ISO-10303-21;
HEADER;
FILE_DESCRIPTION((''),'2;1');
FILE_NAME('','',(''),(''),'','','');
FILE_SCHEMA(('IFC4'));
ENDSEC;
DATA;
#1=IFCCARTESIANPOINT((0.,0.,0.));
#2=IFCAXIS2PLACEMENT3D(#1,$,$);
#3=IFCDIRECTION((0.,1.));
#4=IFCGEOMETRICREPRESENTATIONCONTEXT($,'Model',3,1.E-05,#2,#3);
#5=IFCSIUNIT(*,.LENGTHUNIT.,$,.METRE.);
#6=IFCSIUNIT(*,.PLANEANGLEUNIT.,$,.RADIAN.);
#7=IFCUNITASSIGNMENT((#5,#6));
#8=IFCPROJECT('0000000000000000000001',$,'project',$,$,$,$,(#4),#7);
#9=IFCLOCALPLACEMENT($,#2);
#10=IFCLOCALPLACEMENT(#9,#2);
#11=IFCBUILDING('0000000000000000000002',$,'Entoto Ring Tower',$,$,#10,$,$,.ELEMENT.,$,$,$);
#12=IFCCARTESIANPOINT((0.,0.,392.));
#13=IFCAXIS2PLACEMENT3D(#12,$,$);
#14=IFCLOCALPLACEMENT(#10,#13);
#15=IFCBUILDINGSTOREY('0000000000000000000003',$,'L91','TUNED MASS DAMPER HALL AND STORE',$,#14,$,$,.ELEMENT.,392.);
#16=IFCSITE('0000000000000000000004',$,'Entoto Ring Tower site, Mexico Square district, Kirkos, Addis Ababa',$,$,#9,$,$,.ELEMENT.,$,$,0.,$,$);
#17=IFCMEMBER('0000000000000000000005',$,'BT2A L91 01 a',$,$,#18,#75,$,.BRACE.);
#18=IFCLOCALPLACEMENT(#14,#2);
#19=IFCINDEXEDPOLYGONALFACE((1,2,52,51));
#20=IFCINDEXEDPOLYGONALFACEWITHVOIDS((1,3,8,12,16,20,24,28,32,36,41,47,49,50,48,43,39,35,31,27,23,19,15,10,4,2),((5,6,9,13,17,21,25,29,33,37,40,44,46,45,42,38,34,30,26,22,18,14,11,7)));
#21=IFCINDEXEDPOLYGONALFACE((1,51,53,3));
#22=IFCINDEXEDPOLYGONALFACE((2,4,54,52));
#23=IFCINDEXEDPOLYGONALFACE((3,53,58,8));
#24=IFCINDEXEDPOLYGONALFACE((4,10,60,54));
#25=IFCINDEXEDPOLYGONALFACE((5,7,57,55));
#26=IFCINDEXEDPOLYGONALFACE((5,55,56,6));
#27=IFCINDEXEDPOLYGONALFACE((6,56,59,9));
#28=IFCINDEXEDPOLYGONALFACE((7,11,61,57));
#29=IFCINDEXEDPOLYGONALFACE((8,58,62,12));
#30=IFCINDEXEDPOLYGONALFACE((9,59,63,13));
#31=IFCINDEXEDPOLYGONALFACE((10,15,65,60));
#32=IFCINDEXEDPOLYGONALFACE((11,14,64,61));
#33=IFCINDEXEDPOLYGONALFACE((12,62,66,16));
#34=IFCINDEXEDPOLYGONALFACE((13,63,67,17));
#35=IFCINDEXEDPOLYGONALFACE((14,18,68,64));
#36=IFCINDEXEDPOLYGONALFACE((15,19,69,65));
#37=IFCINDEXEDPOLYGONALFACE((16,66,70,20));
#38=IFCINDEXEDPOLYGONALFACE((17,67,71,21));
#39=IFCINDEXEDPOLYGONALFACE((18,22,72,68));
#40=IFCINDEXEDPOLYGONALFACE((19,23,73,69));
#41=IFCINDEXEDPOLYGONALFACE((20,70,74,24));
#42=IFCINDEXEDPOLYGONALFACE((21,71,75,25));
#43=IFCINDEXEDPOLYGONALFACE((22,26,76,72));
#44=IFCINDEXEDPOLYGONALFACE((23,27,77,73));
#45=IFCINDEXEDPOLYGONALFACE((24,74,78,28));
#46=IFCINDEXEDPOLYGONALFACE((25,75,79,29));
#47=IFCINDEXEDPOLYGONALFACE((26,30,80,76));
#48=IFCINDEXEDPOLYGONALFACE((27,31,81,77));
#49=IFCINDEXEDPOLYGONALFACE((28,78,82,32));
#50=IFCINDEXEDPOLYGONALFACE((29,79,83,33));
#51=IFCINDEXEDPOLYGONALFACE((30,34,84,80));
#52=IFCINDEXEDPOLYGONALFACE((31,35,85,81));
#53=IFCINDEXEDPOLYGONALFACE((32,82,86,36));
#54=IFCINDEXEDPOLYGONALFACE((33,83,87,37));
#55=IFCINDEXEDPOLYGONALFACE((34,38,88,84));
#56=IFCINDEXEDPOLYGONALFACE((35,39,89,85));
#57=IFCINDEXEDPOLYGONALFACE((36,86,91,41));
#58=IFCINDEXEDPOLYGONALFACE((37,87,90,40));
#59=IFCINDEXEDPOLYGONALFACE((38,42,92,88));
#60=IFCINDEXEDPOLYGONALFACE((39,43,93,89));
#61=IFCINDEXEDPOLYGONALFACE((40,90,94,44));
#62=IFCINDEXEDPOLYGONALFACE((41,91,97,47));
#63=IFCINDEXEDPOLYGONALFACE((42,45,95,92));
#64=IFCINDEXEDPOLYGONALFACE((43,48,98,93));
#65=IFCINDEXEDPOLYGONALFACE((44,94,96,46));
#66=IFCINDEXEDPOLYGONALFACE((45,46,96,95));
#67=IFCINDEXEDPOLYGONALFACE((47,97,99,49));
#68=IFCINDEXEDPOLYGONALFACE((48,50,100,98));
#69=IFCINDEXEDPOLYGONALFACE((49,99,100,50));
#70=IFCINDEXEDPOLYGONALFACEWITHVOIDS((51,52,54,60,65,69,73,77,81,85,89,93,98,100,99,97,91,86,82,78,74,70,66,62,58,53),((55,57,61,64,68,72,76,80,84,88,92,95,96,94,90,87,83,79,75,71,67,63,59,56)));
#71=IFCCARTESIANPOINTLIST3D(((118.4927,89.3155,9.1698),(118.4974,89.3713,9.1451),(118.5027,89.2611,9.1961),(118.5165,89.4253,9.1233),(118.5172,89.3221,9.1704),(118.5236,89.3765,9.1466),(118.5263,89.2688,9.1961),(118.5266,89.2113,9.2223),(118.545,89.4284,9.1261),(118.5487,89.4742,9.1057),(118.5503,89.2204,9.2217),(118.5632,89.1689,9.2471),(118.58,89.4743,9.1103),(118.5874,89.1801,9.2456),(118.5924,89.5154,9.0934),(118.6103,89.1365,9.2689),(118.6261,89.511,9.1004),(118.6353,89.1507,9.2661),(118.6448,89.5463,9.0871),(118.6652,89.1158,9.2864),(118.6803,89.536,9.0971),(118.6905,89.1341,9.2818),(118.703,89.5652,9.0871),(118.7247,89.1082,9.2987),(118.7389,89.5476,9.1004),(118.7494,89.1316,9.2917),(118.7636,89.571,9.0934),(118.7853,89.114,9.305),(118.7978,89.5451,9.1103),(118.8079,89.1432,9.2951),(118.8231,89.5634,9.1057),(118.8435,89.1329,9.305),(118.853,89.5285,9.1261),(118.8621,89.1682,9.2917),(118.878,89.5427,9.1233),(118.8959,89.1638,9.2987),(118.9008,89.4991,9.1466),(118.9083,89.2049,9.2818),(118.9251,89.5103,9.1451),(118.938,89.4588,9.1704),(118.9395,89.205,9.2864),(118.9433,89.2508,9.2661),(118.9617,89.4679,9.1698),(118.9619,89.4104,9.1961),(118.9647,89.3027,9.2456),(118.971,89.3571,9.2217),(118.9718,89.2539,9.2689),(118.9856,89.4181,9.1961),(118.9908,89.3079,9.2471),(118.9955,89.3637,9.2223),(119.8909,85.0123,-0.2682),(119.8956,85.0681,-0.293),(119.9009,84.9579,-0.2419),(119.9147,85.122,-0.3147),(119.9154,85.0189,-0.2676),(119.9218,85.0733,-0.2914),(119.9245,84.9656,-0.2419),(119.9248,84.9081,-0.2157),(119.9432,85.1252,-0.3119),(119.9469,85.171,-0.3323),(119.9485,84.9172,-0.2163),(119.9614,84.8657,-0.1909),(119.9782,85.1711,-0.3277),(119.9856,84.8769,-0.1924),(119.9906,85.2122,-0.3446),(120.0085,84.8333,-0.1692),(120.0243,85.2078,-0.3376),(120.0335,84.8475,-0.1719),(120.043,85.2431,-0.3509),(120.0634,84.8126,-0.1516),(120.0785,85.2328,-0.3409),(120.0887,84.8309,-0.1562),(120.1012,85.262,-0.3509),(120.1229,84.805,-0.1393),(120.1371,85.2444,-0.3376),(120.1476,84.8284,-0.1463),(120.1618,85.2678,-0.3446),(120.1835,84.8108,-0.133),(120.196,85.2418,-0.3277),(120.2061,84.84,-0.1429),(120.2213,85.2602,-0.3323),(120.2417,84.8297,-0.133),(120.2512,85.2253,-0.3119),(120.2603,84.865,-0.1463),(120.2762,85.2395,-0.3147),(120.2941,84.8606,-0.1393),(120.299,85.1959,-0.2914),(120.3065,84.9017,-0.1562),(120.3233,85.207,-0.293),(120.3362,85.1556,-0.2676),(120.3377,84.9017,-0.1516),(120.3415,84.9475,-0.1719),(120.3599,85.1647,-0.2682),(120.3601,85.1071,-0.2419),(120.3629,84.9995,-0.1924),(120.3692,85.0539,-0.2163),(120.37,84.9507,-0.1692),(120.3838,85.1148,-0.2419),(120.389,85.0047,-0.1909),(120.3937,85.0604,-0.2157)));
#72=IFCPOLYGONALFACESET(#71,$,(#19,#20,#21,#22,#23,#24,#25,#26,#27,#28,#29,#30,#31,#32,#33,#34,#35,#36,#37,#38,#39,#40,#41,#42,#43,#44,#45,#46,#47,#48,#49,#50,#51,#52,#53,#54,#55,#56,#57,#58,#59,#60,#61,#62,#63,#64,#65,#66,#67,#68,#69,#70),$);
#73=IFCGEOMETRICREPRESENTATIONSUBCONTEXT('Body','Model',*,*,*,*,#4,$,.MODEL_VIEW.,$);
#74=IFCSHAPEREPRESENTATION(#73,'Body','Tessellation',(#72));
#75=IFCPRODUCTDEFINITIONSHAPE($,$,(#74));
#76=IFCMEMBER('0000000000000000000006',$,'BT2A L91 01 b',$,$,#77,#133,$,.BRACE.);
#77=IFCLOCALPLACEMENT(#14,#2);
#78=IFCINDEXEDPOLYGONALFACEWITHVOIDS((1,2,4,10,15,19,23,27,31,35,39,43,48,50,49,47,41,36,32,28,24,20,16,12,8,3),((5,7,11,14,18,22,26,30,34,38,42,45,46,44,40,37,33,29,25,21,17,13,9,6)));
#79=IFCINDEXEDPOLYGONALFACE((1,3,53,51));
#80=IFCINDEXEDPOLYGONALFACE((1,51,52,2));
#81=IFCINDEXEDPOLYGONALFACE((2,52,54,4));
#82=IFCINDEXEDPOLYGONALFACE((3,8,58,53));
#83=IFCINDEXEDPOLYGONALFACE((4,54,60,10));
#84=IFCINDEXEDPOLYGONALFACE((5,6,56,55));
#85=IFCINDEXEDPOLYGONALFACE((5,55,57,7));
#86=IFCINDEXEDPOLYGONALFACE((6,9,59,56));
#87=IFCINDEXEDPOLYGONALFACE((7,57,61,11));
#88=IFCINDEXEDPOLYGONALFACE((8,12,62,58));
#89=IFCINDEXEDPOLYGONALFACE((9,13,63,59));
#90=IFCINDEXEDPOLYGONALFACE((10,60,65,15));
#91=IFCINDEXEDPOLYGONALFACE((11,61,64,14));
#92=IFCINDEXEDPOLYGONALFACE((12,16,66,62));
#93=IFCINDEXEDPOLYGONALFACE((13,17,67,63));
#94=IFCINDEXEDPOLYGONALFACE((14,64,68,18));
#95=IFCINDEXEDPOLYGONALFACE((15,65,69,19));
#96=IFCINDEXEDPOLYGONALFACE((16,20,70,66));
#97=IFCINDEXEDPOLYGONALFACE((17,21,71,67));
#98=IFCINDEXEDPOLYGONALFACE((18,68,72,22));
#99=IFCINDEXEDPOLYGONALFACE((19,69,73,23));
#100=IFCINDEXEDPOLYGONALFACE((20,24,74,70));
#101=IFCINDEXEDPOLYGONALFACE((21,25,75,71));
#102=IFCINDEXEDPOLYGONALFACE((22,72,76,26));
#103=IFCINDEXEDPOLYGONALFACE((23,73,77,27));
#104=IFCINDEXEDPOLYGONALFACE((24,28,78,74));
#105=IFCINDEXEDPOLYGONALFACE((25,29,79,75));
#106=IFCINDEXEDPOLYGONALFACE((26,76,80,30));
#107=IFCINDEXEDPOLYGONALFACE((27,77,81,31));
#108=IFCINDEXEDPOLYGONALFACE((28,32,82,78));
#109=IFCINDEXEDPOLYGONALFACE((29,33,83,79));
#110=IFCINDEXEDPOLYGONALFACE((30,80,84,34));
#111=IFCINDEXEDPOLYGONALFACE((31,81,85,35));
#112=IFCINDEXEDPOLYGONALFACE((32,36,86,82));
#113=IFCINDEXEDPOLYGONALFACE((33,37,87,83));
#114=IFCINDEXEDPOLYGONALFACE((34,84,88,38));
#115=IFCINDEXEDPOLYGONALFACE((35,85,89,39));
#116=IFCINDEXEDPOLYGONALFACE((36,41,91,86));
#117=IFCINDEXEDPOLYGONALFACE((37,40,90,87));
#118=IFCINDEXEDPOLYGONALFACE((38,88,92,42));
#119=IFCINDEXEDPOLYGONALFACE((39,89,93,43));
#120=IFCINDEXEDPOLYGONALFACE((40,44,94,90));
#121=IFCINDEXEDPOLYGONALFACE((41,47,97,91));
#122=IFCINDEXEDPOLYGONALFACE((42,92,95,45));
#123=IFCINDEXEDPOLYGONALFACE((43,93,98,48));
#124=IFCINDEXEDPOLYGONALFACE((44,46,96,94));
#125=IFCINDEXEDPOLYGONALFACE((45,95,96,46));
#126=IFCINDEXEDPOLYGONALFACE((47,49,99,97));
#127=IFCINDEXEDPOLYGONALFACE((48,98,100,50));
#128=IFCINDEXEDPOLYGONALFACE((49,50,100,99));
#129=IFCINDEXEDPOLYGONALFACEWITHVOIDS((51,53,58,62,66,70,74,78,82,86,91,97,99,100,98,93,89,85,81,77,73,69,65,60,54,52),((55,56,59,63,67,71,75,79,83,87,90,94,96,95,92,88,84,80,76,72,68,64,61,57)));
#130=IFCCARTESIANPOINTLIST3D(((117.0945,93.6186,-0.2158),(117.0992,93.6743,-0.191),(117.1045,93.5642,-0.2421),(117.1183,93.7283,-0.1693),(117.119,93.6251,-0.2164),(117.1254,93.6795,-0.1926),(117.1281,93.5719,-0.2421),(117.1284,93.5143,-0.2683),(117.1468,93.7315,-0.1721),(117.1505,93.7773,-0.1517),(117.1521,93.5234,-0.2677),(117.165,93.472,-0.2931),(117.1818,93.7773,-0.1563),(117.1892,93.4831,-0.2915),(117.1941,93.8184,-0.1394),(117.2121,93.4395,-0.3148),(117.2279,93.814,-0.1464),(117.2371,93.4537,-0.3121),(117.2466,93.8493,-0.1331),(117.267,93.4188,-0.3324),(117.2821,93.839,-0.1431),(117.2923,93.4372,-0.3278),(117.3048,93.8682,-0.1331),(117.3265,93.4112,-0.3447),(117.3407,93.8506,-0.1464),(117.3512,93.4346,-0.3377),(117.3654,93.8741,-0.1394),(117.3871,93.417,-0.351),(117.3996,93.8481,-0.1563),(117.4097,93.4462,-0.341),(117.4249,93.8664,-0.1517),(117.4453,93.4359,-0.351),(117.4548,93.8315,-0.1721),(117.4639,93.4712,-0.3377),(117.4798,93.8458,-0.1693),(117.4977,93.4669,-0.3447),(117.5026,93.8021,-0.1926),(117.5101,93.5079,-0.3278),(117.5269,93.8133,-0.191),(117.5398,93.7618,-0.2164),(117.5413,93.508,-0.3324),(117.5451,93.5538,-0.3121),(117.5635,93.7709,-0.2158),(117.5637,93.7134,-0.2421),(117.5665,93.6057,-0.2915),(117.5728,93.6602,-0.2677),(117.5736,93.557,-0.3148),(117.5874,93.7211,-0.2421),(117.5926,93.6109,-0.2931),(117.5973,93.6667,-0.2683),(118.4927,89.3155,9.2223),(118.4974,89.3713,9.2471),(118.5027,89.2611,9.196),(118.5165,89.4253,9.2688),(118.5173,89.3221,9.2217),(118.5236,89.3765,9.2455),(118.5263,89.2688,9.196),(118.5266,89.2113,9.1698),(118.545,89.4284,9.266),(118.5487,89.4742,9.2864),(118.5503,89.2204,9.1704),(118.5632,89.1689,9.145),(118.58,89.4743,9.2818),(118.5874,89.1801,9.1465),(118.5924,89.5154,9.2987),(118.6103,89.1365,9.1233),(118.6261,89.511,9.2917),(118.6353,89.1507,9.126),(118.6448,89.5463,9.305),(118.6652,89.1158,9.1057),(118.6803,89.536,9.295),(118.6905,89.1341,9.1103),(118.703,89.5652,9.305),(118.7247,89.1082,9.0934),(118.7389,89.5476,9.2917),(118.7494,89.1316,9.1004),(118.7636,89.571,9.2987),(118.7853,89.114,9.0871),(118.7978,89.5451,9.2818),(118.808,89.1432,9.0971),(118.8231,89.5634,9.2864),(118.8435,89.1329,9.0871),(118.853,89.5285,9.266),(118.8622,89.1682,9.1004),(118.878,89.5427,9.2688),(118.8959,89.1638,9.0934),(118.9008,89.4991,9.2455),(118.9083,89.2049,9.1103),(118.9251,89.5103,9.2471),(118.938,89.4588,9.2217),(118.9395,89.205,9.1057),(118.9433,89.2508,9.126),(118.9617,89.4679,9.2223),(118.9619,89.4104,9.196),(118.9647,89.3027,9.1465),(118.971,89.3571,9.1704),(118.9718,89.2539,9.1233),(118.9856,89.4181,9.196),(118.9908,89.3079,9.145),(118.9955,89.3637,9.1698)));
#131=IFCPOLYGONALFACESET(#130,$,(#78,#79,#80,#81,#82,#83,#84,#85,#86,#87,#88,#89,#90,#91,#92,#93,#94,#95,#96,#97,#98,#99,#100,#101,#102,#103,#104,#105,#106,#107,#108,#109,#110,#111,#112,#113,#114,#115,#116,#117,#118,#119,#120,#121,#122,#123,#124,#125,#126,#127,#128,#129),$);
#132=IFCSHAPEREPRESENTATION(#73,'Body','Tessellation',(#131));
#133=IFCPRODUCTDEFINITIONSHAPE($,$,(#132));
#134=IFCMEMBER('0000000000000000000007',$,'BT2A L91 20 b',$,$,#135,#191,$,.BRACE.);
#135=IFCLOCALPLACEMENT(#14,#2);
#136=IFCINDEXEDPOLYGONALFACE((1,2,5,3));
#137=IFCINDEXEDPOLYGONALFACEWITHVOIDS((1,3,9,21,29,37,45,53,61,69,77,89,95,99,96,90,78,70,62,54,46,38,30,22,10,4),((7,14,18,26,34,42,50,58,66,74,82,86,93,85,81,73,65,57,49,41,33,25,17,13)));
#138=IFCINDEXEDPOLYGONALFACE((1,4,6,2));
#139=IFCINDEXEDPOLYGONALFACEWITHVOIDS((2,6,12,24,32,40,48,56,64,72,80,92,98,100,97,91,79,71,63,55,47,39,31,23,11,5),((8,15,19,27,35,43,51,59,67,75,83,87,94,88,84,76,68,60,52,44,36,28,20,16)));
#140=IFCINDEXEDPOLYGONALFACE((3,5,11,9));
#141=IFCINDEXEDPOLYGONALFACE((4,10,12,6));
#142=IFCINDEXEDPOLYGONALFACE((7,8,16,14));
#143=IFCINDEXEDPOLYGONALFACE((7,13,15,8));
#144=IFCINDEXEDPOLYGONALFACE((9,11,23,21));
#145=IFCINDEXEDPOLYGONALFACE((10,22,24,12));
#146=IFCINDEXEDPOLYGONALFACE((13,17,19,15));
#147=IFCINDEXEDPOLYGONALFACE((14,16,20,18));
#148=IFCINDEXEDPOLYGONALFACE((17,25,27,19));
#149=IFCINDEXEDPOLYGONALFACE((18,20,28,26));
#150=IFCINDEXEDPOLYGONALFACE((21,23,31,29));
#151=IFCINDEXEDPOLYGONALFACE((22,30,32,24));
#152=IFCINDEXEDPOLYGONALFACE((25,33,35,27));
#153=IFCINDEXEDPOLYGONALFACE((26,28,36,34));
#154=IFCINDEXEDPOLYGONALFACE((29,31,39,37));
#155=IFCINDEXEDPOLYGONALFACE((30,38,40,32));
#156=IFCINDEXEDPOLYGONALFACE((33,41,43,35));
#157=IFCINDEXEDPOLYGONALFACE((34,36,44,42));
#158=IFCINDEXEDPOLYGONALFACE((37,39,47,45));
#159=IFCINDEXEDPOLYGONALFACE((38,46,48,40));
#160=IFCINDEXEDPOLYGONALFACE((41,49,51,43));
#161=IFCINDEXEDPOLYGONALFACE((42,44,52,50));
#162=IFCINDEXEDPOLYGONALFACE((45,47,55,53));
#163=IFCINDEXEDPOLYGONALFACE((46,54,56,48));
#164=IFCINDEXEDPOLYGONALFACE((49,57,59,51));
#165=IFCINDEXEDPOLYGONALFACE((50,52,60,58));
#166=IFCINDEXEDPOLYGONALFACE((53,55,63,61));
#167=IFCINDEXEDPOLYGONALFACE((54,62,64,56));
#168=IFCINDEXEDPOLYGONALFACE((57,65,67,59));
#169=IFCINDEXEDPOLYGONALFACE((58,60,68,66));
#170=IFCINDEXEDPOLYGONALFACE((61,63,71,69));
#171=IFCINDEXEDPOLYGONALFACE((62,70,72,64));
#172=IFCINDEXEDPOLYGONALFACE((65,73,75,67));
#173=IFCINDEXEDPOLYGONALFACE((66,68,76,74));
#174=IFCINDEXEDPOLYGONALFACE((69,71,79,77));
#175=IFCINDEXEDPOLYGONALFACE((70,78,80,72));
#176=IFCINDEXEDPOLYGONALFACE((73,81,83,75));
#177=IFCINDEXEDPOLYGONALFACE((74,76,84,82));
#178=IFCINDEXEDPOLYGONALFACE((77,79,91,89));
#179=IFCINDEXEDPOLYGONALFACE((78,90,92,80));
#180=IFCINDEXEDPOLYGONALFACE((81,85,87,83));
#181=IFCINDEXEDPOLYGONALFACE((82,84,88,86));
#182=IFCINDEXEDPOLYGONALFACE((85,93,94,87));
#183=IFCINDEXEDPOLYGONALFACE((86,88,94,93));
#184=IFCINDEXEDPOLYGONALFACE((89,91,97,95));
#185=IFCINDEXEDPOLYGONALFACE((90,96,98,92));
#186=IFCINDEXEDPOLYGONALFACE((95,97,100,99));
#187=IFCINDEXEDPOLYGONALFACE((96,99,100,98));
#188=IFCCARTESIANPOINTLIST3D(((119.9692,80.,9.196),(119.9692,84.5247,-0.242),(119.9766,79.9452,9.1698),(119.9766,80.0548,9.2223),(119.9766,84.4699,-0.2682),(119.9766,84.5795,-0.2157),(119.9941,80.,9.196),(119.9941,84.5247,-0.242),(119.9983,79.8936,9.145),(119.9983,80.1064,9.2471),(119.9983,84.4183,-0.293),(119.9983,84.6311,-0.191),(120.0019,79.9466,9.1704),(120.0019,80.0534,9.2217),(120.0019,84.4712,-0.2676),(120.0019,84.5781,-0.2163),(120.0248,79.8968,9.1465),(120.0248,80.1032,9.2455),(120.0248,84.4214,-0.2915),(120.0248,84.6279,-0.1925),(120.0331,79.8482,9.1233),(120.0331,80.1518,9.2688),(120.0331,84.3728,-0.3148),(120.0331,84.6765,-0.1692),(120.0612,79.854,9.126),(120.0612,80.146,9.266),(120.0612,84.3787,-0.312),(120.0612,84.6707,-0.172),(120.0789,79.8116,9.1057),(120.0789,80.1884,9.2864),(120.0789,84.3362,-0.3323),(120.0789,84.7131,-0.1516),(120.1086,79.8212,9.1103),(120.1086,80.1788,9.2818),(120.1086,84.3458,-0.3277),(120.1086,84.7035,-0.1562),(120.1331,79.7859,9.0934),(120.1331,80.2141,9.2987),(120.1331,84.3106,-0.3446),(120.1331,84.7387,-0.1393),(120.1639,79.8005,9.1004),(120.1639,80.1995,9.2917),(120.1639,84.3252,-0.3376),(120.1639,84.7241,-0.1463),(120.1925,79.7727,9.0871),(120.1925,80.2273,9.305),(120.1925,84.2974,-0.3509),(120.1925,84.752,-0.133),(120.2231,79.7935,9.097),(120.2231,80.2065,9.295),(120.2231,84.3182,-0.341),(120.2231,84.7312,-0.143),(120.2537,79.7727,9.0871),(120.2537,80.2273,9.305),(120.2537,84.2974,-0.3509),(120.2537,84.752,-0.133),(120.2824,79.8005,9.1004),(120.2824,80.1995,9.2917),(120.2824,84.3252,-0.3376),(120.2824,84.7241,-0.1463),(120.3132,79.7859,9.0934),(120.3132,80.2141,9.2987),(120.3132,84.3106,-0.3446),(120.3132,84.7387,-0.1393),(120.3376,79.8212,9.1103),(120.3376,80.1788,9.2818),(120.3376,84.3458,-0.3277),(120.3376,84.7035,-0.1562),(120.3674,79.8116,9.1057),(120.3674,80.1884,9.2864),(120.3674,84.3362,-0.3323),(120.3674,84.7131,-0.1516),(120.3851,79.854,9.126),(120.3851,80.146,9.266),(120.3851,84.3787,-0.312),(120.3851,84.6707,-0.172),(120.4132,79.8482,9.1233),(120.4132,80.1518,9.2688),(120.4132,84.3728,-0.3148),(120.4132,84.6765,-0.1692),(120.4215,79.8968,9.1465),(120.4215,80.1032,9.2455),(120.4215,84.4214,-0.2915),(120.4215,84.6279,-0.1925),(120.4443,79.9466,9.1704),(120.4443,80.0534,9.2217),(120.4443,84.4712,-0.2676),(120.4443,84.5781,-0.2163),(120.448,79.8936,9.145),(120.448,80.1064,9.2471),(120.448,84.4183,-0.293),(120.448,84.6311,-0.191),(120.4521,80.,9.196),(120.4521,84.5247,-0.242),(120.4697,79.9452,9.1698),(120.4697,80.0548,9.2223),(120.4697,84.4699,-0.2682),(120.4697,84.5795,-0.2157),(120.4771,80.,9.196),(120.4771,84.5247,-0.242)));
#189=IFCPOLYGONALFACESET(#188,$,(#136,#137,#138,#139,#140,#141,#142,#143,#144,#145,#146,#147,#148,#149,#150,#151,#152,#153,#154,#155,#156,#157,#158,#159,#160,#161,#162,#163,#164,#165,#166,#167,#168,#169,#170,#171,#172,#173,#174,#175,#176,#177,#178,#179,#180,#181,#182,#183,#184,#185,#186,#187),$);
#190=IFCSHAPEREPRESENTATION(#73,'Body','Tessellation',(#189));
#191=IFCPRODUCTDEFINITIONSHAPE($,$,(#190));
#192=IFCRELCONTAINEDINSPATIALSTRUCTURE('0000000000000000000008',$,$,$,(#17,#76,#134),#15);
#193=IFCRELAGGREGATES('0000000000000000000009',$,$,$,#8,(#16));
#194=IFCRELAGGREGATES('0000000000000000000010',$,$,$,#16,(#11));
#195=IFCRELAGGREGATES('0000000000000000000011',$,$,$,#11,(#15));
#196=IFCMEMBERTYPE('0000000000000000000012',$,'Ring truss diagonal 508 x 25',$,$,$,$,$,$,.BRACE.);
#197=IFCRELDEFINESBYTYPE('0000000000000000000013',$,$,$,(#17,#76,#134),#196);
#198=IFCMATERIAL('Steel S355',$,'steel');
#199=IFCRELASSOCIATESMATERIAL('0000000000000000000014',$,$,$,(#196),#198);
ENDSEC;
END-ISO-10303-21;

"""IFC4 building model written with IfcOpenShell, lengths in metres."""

from ifc_helpers import new_model, si_unit, direction, frame, origin, origin_2d, place, context, subcontext, project, spatial, circle, hollow_circle, extrude, material, material_profile, profile_set, type_object, element, save


model = new_model("IFC4")

# Units and contexts
model_context = context("Model", 3, precision=1e-05, world=origin(), true_north=direction((0.0, 1.0)))
body_context = subcontext(model_context, "Body", "Model", "MODEL_VIEW")
ifc_project = project(units=[si_unit("LENGTHUNIT", "METRE"), si_unit("PLANEANGLEUNIT", "RADIAN")], contexts=[model_context])

# Site, building, storey
site_placement = place(None, origin())
site = spatial("IfcSite", under=ifc_project, at=site_placement, Name="Entoto Ring Tower site, Mexico Square district, Kirkos, Addis Ababa", CompositionType="ELEMENT", RefElevation=0.0)
building_placement = place(site_placement, origin())
building = spatial("IfcBuilding", under=site, at=building_placement, Name="Entoto Ring Tower", CompositionType="ELEMENT")
storey_placement = place(building_placement, frame((0.0, 0.0, 392.0)))
storey = spatial("IfcBuildingStorey", under=building, at=storey_placement, Name="L91", Description="TUNED MASS DAMPER HALL AND STORE", CompositionType="ELEMENT", Elevation=392.0)

# Members
ifc_material_1 = material(Name="Steel S355", Category="steel")
ifc_material_profile_1 = material_profile(ifc_material_1, hollow_circle(Radius=0.2539, WallThickness=0.0249, at=origin_2d()), Name="CHS 508 x 25")
ifc_material_2 = material(Name="Concrete C60/75", Category="concrete")
ifc_material_profile_2 = material_profile(ifc_material_2, circle(Radius=0.229, at=origin_2d()), Name="Concrete C60/75 infill")
ifc_profile_set_1 = profile_set([ifc_material_profile_1, ifc_material_profile_2], Name="Steel S355")
member_type_1 = type_object("IfcMemberType", Name="Ring truss diagonal 508 x 25", PredefinedType="BRACE", material=ifc_profile_set_1)
for number, where, z_axis, x_axis, name in (
    (1, (120.1423, 85.0364, -0.2419), (-0.133587, 0.411141, 0.90173), (-0.951057, -0.309015, 0.0), "BT2A L91 01 a"),
    (2, (118.7441, 89.3396, 9.196), (-0.133588, 0.411122, -0.901739), (-0.951052, -0.309031, 0.0), "BT2A L91 01 b"),
    (3, (120.2231, 80.0, 9.196), (0.0, 0.432298, -0.901731), (-1.0, 0.0, 0.0), "BT2A L91 20 b"),
):
    element("IfcMember", number, at=place(storey_placement, frame(where, z_axis=z_axis, x_axis=x_axis)), inside=storey, type_object=member_type_1, Name=name, PredefinedType="BRACE", context=body_context, shape_type="SweptSolid", body=[
        extrude(hollow_circle(Radius=0.2539, WallThickness=0.0249, at=origin_2d()), origin(), (0.0, 0.0, 1.0), 10.4666),
    ])

save(model, "model.ifc")
